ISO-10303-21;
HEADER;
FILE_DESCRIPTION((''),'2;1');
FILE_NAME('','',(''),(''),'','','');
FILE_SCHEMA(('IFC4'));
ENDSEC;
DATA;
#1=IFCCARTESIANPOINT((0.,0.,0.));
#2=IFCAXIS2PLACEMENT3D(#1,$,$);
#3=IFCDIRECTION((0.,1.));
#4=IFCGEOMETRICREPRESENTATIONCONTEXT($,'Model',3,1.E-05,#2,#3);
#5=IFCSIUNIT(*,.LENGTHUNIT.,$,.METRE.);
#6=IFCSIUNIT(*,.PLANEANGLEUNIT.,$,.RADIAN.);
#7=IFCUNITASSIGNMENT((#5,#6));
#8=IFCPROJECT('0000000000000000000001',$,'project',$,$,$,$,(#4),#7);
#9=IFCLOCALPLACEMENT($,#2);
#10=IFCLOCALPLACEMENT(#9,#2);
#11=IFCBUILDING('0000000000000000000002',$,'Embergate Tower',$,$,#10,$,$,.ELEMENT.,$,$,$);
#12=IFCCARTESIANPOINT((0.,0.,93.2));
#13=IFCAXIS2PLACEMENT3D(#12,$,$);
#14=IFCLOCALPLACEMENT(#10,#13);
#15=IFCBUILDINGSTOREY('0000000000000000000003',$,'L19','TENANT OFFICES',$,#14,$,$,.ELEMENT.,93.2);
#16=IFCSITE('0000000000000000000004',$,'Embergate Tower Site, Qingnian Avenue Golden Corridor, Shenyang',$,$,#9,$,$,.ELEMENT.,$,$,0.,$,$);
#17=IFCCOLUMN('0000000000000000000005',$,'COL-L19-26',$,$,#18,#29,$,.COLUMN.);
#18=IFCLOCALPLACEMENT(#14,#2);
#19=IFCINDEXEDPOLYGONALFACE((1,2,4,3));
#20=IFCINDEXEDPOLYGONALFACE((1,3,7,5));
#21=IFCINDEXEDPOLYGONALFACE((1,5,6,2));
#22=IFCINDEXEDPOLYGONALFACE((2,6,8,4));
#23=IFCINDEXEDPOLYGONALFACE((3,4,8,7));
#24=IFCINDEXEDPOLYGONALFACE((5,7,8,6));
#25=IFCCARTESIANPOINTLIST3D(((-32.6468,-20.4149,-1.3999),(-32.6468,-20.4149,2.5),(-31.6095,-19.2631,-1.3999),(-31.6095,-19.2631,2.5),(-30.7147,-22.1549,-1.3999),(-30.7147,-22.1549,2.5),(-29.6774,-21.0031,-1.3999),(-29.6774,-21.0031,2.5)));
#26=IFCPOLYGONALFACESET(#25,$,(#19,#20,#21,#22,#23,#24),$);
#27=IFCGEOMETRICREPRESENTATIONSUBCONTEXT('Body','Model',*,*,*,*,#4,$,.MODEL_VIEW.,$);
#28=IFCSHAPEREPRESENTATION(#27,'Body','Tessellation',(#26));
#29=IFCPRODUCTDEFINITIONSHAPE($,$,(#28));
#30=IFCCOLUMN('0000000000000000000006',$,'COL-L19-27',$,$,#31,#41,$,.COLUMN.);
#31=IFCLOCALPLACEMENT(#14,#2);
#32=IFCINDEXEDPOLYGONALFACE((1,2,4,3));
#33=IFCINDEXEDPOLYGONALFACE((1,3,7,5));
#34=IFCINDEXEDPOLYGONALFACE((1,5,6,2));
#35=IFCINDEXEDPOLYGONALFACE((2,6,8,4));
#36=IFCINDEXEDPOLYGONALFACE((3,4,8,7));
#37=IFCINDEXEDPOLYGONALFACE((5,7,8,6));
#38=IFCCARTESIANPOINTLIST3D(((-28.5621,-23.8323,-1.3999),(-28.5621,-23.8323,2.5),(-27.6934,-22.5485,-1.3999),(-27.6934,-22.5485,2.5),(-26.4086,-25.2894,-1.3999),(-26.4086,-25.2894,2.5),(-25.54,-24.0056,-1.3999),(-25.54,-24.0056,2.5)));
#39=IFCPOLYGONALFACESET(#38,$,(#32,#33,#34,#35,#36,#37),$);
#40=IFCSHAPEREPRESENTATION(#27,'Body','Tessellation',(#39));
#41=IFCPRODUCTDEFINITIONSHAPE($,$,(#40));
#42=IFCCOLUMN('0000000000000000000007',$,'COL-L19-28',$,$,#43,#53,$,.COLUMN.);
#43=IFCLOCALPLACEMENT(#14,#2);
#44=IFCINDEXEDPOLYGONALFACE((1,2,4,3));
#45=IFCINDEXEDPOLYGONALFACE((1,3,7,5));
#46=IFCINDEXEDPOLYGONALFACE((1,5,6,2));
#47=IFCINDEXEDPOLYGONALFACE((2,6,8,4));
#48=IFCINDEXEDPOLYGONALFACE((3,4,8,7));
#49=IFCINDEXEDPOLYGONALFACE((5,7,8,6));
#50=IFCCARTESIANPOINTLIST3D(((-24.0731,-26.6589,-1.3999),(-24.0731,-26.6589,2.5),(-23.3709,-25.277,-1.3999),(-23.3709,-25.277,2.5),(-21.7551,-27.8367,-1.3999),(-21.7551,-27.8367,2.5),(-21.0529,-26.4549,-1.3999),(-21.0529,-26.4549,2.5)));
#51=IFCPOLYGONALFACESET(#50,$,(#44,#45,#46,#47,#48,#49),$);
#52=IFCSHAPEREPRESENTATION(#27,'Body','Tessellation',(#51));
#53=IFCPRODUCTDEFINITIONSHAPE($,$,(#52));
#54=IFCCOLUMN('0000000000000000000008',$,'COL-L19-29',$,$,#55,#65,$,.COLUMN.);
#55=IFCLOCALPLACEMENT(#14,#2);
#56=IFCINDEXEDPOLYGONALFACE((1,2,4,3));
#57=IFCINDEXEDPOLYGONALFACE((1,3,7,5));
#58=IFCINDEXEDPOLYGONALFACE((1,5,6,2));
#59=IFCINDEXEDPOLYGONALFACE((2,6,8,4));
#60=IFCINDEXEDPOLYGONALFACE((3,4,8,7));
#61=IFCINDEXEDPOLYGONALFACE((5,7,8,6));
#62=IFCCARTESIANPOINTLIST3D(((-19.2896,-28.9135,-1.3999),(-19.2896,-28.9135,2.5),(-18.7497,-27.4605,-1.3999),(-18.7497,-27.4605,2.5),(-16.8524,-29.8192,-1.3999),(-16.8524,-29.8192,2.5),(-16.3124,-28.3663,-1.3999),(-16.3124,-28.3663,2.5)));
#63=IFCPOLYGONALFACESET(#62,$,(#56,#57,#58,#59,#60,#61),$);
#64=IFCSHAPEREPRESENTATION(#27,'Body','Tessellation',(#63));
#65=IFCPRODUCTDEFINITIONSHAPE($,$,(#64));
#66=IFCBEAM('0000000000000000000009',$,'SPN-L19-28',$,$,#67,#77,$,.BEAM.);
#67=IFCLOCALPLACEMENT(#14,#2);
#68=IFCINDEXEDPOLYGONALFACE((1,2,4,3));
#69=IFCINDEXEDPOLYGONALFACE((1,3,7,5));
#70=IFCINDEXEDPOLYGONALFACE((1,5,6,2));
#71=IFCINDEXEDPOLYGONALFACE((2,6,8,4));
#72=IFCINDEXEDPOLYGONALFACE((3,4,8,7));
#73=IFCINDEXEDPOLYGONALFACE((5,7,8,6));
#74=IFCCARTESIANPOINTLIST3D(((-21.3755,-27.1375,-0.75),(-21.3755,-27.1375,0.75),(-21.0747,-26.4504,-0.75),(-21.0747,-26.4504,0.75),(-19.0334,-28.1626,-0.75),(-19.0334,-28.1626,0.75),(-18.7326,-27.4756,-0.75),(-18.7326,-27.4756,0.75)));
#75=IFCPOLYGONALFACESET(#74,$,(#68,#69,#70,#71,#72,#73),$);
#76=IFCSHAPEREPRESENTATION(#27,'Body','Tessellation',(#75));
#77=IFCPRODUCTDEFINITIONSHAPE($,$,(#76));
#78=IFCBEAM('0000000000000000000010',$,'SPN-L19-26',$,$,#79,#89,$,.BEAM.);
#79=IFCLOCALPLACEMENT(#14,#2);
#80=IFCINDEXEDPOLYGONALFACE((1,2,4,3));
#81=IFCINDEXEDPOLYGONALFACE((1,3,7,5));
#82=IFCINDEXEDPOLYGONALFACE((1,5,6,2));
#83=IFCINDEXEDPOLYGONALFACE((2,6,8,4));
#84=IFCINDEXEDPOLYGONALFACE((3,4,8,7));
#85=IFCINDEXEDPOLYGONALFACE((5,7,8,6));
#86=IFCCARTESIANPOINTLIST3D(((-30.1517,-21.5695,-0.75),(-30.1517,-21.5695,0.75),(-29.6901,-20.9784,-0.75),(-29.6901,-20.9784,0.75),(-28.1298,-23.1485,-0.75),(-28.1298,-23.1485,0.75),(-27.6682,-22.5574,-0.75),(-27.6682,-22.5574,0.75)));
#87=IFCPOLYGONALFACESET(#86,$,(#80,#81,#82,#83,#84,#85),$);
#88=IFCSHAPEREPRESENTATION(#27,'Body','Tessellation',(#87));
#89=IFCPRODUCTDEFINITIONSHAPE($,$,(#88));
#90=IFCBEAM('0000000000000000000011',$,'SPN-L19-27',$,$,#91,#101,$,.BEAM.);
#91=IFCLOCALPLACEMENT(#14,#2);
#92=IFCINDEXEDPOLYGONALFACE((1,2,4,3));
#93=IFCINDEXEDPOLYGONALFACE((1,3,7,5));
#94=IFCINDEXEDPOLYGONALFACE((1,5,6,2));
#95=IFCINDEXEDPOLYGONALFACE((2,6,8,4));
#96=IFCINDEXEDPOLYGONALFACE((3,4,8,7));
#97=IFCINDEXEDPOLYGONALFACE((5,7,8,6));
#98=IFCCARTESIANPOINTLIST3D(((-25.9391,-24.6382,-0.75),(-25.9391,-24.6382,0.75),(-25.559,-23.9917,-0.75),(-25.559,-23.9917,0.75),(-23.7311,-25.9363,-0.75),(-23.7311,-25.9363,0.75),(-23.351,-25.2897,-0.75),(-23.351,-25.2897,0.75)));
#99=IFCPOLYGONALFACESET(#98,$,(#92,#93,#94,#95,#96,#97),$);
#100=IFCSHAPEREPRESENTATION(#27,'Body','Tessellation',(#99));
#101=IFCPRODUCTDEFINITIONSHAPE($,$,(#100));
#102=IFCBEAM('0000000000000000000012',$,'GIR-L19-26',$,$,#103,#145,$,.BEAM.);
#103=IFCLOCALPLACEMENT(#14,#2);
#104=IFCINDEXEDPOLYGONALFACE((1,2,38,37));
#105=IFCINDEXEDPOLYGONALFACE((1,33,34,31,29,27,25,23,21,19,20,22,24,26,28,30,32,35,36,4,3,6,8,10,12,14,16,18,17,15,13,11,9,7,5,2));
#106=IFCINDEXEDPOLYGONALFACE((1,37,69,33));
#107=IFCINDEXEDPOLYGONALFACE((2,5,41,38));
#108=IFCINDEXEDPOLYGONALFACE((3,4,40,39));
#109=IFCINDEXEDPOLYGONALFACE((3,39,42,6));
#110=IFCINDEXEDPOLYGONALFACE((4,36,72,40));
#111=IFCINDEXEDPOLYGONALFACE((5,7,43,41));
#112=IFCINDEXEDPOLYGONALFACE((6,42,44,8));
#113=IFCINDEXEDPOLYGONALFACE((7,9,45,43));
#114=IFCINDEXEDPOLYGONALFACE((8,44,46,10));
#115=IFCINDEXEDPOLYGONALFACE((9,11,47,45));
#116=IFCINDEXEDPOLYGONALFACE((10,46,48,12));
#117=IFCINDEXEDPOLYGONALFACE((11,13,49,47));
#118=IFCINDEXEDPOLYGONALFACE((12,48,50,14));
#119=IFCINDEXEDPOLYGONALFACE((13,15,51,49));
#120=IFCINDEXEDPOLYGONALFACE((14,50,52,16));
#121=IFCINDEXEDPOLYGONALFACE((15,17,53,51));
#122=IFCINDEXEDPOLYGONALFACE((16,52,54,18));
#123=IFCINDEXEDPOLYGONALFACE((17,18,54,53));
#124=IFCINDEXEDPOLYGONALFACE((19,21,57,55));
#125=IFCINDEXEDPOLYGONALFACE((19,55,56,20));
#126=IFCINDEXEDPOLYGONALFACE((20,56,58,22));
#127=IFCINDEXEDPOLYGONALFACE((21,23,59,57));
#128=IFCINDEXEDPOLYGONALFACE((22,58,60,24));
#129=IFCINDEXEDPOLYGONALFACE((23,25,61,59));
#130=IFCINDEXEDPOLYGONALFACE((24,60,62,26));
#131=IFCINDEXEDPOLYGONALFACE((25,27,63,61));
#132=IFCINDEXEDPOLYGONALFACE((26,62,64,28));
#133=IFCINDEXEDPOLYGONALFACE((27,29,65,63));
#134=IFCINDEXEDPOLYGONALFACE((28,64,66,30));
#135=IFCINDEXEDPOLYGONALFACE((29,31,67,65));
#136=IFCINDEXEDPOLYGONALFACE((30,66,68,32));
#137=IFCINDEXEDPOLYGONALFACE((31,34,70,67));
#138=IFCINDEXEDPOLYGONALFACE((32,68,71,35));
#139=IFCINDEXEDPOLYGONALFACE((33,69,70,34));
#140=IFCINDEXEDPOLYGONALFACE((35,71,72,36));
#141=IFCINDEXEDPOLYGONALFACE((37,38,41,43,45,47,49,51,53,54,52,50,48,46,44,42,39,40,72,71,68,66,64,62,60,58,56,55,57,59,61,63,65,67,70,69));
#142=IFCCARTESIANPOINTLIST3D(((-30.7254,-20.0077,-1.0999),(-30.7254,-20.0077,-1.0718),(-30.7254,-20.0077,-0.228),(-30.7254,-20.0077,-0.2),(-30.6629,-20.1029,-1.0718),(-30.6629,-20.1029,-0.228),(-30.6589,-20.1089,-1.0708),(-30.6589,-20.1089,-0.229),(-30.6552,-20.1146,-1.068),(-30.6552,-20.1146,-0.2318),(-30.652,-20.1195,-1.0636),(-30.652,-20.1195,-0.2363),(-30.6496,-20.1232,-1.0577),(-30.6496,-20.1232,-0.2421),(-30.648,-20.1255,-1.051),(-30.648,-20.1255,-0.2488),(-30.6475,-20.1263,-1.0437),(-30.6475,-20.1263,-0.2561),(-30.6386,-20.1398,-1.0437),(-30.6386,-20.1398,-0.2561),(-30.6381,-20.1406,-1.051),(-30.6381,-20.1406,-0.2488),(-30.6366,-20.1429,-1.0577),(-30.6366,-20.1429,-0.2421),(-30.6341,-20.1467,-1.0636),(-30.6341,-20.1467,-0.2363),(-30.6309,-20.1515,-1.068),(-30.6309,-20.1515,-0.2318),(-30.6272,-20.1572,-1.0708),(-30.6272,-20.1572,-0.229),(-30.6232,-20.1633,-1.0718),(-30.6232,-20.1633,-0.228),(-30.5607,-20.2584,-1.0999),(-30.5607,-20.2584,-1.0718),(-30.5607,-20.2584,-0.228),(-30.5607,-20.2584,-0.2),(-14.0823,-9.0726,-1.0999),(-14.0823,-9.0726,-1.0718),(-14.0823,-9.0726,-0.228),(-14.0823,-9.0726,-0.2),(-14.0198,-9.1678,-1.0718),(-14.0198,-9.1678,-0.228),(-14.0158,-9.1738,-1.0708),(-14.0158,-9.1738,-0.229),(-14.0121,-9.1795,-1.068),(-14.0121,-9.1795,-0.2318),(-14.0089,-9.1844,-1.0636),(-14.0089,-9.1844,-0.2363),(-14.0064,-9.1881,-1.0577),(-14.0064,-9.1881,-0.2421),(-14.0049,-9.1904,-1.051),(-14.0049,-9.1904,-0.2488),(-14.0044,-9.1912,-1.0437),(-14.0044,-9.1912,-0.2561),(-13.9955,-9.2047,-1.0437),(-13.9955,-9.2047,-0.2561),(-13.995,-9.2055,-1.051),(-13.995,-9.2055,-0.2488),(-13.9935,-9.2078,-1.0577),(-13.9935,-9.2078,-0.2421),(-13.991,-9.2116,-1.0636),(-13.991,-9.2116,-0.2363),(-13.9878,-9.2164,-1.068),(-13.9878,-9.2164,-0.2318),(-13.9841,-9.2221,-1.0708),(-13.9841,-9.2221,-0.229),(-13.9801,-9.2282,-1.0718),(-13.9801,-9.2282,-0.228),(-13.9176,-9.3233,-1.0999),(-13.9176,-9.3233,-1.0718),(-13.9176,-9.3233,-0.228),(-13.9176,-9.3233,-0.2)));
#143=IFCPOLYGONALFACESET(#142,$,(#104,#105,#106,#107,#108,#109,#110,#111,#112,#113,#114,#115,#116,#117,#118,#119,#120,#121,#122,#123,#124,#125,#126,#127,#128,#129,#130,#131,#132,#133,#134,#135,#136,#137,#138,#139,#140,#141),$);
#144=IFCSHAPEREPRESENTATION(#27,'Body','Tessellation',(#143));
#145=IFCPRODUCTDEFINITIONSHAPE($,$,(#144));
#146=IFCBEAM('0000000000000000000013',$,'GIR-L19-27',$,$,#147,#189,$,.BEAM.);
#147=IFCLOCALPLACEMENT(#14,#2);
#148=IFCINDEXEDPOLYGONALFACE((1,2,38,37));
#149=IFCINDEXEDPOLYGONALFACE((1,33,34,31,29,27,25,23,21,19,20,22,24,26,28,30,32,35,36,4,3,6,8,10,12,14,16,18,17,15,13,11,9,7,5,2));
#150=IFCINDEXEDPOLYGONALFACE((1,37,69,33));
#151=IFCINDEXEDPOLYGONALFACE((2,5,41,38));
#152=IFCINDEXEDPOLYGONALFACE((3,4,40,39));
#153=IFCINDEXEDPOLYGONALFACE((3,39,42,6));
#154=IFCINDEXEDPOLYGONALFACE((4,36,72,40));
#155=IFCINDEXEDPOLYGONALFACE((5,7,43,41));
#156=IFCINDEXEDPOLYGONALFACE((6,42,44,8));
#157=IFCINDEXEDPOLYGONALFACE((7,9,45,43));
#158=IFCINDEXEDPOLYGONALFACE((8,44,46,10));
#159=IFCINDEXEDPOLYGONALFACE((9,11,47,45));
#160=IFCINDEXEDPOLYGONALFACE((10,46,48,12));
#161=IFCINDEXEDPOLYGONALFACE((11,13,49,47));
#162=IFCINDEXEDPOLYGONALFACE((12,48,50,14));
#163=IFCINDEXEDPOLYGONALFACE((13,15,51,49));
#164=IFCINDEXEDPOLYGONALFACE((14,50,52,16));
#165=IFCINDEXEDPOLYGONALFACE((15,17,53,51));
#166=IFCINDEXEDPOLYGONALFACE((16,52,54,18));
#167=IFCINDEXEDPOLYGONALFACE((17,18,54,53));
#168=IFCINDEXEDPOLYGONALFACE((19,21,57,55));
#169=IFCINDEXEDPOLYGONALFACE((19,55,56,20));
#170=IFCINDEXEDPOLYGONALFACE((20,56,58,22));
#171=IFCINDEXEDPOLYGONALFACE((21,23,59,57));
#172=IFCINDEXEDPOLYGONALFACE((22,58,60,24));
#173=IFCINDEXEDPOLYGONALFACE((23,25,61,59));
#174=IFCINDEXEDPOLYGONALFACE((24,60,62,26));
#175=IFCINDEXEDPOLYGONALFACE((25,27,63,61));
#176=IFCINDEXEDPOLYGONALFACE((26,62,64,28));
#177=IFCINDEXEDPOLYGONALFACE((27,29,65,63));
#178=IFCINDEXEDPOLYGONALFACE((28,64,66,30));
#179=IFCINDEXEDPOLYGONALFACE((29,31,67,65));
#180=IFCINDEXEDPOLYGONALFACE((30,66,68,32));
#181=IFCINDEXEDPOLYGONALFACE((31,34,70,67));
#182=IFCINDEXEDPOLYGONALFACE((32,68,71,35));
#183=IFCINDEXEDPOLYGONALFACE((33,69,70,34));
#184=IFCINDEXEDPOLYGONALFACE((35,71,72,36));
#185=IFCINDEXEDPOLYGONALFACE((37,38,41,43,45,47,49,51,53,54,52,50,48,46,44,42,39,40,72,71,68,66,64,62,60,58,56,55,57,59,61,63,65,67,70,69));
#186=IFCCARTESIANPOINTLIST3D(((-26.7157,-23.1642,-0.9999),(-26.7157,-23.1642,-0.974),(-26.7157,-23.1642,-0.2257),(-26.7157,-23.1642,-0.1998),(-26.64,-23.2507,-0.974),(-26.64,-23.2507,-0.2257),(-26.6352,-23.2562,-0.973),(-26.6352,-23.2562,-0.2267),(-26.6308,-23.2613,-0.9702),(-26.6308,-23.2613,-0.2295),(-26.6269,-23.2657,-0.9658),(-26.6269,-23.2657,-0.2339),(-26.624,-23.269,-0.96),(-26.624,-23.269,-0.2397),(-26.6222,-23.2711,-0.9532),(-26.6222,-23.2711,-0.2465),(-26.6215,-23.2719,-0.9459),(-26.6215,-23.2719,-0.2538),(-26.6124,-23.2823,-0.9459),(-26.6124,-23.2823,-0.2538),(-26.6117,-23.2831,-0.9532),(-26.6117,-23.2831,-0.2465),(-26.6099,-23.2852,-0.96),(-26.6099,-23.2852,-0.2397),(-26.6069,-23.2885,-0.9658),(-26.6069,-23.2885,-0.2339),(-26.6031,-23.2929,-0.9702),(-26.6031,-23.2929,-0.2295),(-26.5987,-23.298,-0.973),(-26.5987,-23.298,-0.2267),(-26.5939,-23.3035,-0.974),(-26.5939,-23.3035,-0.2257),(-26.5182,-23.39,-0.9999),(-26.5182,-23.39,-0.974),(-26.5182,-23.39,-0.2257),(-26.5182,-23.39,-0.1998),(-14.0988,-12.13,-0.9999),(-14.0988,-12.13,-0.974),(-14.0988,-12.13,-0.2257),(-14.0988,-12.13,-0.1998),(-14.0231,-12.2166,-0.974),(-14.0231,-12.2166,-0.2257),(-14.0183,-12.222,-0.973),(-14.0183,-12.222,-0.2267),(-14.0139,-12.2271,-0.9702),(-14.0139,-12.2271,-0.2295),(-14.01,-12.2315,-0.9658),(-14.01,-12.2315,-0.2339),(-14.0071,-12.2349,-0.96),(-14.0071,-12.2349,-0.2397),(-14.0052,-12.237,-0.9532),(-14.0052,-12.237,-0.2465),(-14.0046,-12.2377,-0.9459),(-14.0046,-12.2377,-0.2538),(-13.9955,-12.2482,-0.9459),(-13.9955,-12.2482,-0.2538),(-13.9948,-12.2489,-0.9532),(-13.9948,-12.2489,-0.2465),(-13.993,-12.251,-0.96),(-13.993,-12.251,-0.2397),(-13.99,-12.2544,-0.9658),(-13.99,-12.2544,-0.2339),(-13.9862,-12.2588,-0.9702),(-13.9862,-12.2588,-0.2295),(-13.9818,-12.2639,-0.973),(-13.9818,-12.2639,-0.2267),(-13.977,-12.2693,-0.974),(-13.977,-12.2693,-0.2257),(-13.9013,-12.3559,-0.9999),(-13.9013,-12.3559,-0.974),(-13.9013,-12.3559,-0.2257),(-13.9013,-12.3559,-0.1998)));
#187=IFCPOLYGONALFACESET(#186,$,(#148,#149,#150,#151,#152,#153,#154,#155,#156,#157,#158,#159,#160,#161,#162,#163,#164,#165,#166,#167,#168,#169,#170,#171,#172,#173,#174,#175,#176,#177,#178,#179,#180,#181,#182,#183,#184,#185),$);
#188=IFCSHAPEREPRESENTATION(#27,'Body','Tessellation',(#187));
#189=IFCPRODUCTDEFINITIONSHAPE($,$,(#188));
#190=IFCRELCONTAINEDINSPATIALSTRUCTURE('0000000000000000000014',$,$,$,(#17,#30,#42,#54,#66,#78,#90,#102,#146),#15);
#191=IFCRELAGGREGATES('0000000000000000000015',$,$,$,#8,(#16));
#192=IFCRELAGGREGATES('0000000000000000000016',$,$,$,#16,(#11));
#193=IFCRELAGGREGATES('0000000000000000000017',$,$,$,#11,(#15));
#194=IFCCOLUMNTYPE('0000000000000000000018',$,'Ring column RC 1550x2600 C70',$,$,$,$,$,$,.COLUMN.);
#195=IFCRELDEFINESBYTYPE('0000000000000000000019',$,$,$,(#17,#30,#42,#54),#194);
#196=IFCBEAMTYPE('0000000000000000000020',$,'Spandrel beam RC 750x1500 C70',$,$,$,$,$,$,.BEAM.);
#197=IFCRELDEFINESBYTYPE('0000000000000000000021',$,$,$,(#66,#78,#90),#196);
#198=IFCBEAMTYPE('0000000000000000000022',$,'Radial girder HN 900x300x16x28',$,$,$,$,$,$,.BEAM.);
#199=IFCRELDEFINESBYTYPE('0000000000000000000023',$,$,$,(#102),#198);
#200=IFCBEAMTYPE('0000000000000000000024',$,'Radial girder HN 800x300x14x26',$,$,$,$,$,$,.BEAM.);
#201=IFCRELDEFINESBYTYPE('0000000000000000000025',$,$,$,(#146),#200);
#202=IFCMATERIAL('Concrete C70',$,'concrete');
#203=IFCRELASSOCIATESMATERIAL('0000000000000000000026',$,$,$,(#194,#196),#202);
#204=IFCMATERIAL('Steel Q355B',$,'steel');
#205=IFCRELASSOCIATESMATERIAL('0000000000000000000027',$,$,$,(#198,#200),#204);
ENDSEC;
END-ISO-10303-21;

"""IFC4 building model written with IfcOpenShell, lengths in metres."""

from ifc_helpers import new_model, si_unit, direction, frame, origin, origin_2d, place, context, subcontext, project, spatial, rectangle, i_section, extrude, source, transform, mapped, material, material_profile, profile_set, type_object, element, save


model = new_model("IFC4")

# Units and contexts
model_context = context("Model", 3, precision=1e-05, world=origin(), true_north=direction((0.0, 1.0)))
body_context = subcontext(model_context, "Body", "Model", "MODEL_VIEW")
ifc_project = project(units=[si_unit("LENGTHUNIT", "METRE"), si_unit("PLANEANGLEUNIT", "RADIAN")], contexts=[model_context])

# Site, building, storey
site_placement = place(None, origin())
site = spatial("IfcSite", under=ifc_project, at=site_placement, Name="Embergate Tower Site, Qingnian Avenue Golden Corridor, Shenyang", CompositionType="ELEMENT", RefElevation=0.0)
building_placement = place(site_placement, origin())
building = spatial("IfcBuilding", under=site, at=building_placement, Name="Embergate Tower", CompositionType="ELEMENT")
storey_placement = place(building_placement, frame((0.0, 0.0, 93.2)))
storey = spatial("IfcBuildingStorey", under=building, at=storey_placement, Name="L19", Description="TENANT OFFICES", CompositionType="ELEMENT", Elevation=93.2)

# Columns
ifc_material_1 = material(Name="Concrete C70", Category="concrete")
ifc_material_profile_1 = material_profile(ifc_material_1, rectangle(XDim=1.55, YDim=2.6001, at=origin_2d()), Name="RC 1550x2600")
ifc_profile_set_1 = profile_set([ifc_material_profile_1], Name="Concrete C70")
column_type = type_object("IfcColumnType", Name="Ring column RC 1550x2600 C70", PredefinedType="COLUMN", material=ifc_profile_set_1)
shared_shape_1 = source(origin(), body_context, "Body", "SweptSolid", [
    extrude(rectangle(XDim=1.55, YDim=2.6001, at=origin_2d()), origin(), (0.0, 0.0, 1.0), 3.8999),
])
for number, where, z_axis, x_axis, name in (
    (1, (-31.1621, -20.709, -1.3999), (0.0, 0.0, 1.0), (-0.669208, -0.743075, 0.0), "COL-L19-26"),
    (2, (-27.051, -23.9189, -1.3999), (0.0, 0.0, 1.0), (-0.560393, -0.828227, 0.0), "COL-L19-27"),
    (3, (-22.563, -26.5569, -1.3999), (0.0, 0.0, 1.0), (-0.452995, -0.891513, 0.0), "COL-L19-28"),
    (4, (-17.801, -28.6399, -1.3999), (0.0, 0.0, 1.0), (-0.348343, -0.937367, 0.0), "COL-L19-29"),
):
    element("IfcColumn", number, at=place(storey_placement, frame(where, z_axis=z_axis, x_axis=x_axis)), inside=storey, type_object=column_type, Name=name, PredefinedType="COLUMN", context=body_context, shape_type="MappedRepresentation", body=[
        mapped(shared_shape_1, transform((0.0, 0.0, 0.0))),
    ])

# Beams
ifc_material_profile_2 = material_profile(ifc_material_1, rectangle(XDim=0.75, YDim=1.5, at=origin_2d()), Name="RC 750x1500")
ifc_profile_set_2 = profile_set([ifc_material_profile_2], Name="Concrete C70")
beam_type_1 = type_object("IfcBeamType", Name="Spandrel beam RC 750x1500 C70", PredefinedType="BEAM", material=ifc_profile_set_2)
shared_shape_2 = source(origin(), body_context, "Body", "SweptSolid", [
    extrude(rectangle(XDim=0.75, YDim=1.5, at=origin_2d()), origin(), (0.0, 0.0, 1.0), 2.5566),
])
beam_1_placement = place(storey_placement, frame((-21.2251, -26.7939, 0.0), z_axis=(0.916085, -0.400984, 0.0), x_axis=(0.400984, 0.916085, 0.0)))
element("IfcBeam", 5, at=beam_1_placement, inside=storey, type_object=beam_type_1, Name="SPN-L19-28", PredefinedType="BEAM", context=body_context, shape_type="MappedRepresentation", body=[
    mapped(shared_shape_2, transform((0.0, 0.0, 0.0))),
])
shared_shape_3 = source(origin(), body_context, "Body", "SweptSolid", [
    extrude(rectangle(XDim=0.75, YDim=1.5, at=origin_2d()), origin(), (0.0, 0.0, 1.0), 2.5654),
])
beam_2_placement = place(storey_placement, frame((-29.9209, -21.2739, 0.0), z_axis=(0.788131, -0.615507, 0.0), x_axis=(0.615507, 0.788131, 0.0)))
element("IfcBeam", 6, at=beam_2_placement, inside=storey, type_object=beam_type_1, Name="SPN-L19-26", PredefinedType="BEAM", context=body_context, shape_type="MappedRepresentation", body=[
    mapped(shared_shape_3, transform((0.0, 0.0, 0.0))),
])
shared_shape_4 = source(origin(), body_context, "Body", "SweptSolid", [
    extrude(rectangle(XDim=0.75, YDim=1.5, at=origin_2d()), origin(), (0.0, 0.0, 1.0), 2.5613),
])
beam_3_placement = place(storey_placement, frame((-25.749, -24.3149, 0.0), z_axis=(0.862059, -0.506808, 0.0), x_axis=(0.506808, 0.862059, 0.0)))
element("IfcBeam", 7, at=beam_3_placement, inside=storey, type_object=beam_type_1, Name="SPN-L19-27", PredefinedType="BEAM", context=body_context, shape_type="MappedRepresentation", body=[
    mapped(shared_shape_4, transform((0.0, 0.0, 0.0))),
])
ifc_material_2 = material(Name="Steel Q355B", Category="steel")
ifc_material_profile_3 = material_profile(ifc_material_2, i_section(OverallWidth=0.3, OverallDepth=0.8999, WebThickness=0.0161, FlangeThickness=0.0281, FilletRadius=0.0281, at=origin_2d()), Name="HN 900x300x16x28")
ifc_profile_set_3 = profile_set([ifc_material_profile_3], Name="Steel Q355 grade B")
beam_type_2 = type_object("IfcBeamType", Name="Radial girder HN 900x300x16x28", PredefinedType="BEAM", material=ifc_profile_set_3)
shared_shape_5 = source(origin(), body_context, "Body", "SweptSolid", [
    extrude(i_section(OverallWidth=0.3, OverallDepth=0.8999, WebThickness=0.0161, FlangeThickness=0.0281, FilletRadius=0.0281, at=origin_2d()), origin(), (0.0, 0.0, 1.0), 19.9141),
])
beam_4_placement = place(storey_placement, frame((-30.6431, -20.1331, -0.6499), z_axis=(0.835747, 0.549114, 0.0), x_axis=(-0.549114, 0.835747, 0.0)))
element("IfcBeam", 8, at=beam_4_placement, inside=storey, type_object=beam_type_2, Name="GIR-L19-26", PredefinedType="BEAM", context=body_context, shape_type="MappedRepresentation", body=[
    mapped(shared_shape_5, transform((0.0, 0.0, 0.0))),
])
ifc_material_profile_4 = material_profile(ifc_material_2, i_section(OverallWidth=0.3, OverallDepth=0.8, WebThickness=0.0139, FlangeThickness=0.0259, FilletRadius=0.0281, at=origin_2d()), Name="HN 800x300x14x26")
ifc_profile_set_4 = profile_set([ifc_material_profile_4], Name="Steel Q355 grade B")
beam_type_3 = type_object("IfcBeamType", Name="Radial girder HN 800x300x14x26", PredefinedType="BEAM", material=ifc_profile_set_4)
shared_shape_6 = source(origin(), body_context, "Body", "SweptSolid", [
    extrude(i_section(OverallWidth=0.3, OverallDepth=0.8, WebThickness=0.0139, FlangeThickness=0.0259, FilletRadius=0.0281, at=origin_2d()), origin(), (0.0, 0.0, 1.0), 16.7612),
])
beam_5_placement = place(storey_placement, frame((-26.6169, -23.2771, -0.5999), z_axis=(0.752744, 0.658314, 0.0), x_axis=(-0.658314, 0.752744, 0.0)))
element("IfcBeam", 9, at=beam_5_placement, inside=storey, type_object=beam_type_3, Name="GIR-L19-27", PredefinedType="BEAM", context=body_context, shape_type="MappedRepresentation", body=[
    mapped(shared_shape_6, transform((0.0, 0.0, 0.0))),
])

save(model, "model.ifc")
